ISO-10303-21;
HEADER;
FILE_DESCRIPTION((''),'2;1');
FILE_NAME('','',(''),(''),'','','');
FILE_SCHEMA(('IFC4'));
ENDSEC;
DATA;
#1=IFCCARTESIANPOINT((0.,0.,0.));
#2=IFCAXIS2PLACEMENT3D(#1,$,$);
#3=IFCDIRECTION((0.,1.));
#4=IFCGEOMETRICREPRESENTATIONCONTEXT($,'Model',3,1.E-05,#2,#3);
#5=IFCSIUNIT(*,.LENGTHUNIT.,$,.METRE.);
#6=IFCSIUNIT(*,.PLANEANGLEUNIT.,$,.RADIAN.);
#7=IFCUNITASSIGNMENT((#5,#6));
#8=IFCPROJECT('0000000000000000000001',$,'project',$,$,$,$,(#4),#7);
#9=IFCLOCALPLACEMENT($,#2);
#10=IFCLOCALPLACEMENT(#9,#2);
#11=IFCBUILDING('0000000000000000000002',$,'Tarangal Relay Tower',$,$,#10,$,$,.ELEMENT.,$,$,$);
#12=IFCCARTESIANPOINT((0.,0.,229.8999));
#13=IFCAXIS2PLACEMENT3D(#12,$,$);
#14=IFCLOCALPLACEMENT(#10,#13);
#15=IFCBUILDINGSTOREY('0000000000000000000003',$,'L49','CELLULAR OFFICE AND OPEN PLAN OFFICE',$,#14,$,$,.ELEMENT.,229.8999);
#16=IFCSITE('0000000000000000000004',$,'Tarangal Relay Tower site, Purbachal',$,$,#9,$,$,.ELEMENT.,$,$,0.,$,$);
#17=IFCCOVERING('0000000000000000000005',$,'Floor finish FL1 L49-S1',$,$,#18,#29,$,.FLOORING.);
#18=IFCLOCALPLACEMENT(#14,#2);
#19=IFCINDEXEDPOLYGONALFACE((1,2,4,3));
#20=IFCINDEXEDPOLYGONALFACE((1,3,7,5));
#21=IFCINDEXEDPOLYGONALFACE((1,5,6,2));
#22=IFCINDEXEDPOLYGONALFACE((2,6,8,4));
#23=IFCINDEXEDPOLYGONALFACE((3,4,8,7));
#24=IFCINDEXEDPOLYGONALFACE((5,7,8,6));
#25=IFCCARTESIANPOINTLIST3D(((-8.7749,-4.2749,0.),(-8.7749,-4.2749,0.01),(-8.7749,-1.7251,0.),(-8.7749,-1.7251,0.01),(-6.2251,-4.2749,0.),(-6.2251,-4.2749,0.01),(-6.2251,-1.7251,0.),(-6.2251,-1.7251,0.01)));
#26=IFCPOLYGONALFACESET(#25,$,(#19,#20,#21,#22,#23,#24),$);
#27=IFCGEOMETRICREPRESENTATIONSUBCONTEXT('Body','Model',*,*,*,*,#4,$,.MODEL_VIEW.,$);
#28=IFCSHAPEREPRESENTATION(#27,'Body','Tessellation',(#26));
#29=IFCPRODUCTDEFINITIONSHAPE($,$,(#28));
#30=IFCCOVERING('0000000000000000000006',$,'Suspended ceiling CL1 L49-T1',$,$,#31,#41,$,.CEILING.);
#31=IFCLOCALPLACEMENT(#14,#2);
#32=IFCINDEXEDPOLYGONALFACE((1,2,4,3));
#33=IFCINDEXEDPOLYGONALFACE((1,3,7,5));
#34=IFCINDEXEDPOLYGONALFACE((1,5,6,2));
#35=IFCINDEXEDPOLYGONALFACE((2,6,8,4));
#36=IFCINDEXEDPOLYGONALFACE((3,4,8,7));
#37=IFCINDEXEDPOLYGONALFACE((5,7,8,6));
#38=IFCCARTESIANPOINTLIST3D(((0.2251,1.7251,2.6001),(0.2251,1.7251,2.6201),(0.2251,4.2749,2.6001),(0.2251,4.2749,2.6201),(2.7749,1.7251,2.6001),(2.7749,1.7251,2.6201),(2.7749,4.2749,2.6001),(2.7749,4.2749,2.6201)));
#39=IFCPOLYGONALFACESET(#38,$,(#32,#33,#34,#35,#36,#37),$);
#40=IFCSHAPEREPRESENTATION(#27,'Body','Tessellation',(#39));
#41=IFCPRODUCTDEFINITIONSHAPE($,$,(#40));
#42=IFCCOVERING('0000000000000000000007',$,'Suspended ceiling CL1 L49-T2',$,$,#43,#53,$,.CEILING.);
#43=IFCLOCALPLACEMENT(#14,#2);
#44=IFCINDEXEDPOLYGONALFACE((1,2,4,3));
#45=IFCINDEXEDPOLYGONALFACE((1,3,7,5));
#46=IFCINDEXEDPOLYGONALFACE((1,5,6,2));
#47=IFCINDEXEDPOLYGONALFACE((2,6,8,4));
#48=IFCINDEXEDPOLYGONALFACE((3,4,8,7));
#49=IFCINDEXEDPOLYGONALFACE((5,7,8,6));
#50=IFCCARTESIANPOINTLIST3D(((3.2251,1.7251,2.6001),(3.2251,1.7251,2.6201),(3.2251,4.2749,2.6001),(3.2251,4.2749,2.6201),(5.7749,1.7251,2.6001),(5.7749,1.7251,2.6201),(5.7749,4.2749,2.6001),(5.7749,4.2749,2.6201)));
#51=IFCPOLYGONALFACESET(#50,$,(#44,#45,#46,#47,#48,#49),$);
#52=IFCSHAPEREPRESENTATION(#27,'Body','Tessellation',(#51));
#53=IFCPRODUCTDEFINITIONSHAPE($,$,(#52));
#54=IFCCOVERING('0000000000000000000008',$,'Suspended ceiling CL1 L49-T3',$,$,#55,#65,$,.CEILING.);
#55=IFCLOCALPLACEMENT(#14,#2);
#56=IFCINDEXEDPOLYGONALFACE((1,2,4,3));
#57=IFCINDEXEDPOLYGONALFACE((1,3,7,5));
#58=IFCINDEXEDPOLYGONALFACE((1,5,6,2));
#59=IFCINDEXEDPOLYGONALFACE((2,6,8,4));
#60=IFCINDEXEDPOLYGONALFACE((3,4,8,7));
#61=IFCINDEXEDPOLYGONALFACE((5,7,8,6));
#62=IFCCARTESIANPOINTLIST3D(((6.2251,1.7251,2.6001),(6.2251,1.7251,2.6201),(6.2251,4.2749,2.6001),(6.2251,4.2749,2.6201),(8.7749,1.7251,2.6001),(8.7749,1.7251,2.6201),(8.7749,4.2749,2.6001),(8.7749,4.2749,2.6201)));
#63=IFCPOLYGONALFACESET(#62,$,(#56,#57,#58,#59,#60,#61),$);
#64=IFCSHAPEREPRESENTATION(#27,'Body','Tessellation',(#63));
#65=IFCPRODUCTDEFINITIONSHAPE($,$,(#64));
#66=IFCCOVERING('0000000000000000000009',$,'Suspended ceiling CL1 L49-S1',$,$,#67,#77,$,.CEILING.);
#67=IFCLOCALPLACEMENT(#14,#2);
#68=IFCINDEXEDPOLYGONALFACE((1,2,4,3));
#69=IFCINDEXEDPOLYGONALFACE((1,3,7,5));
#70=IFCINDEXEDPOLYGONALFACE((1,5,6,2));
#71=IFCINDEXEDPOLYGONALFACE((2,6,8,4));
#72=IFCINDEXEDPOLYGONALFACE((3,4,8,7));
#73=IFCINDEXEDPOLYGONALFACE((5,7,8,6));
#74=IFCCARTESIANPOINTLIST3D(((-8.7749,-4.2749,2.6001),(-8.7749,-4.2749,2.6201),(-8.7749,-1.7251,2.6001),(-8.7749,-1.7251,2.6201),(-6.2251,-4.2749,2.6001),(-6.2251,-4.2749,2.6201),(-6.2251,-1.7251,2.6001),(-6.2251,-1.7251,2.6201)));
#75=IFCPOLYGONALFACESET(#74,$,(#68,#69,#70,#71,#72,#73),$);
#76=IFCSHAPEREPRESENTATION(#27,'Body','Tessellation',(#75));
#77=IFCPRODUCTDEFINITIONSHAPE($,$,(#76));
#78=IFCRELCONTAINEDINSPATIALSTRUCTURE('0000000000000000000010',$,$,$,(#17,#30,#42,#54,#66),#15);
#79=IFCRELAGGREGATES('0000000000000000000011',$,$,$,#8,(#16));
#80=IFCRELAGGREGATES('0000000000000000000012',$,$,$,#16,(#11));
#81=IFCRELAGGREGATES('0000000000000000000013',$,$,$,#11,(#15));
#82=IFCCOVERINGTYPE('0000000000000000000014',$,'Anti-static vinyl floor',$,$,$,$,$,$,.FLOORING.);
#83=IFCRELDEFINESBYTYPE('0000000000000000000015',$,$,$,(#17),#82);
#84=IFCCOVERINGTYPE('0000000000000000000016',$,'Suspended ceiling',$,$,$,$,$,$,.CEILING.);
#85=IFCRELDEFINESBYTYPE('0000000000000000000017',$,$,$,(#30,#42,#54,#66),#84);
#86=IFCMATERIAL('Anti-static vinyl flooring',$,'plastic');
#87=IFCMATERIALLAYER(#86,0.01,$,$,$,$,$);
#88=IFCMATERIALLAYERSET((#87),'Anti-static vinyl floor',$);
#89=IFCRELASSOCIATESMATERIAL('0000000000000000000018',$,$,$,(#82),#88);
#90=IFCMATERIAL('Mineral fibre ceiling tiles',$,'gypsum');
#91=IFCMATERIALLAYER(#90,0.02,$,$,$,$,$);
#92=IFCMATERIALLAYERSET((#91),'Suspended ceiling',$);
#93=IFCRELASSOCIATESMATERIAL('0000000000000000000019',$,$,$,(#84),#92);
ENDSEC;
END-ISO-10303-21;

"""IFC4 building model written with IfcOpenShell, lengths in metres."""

from ifc_helpers import new_model, si_unit, direction, frame, origin, place, context, subcontext, project, spatial, polyline, outline, extrude, material, layer, layer_set, type_object, element, save


model = new_model("IFC4")

# Units and contexts
model_context = context("Model", 3, precision=1e-05, world=origin(), true_north=direction((0.0, 1.0)))
body_context = subcontext(model_context, "Body", "Model", "MODEL_VIEW")
ifc_project = project(units=[si_unit("LENGTHUNIT", "METRE"), si_unit("PLANEANGLEUNIT", "RADIAN")], contexts=[model_context])

# Site, building, storey
site_placement = place(None, origin())
site = spatial("IfcSite", under=ifc_project, at=site_placement, Name="Tarangal Relay Tower site, Purbachal", CompositionType="ELEMENT", RefElevation=0.0)
building_placement = place(site_placement, origin())
building = spatial("IfcBuilding", under=site, at=building_placement, Name="Tarangal Relay Tower", CompositionType="ELEMENT")
storey_placement = place(building_placement, frame((0.0, 0.0, 229.8999)))
storey = spatial("IfcBuildingStorey", under=building, at=storey_placement, Name="L49", Description="CELLULAR OFFICE AND OPEN PLAN OFFICE", CompositionType="ELEMENT", Elevation=229.8999)

# Coverings
ifc_material_1 = material(Name="Anti-static vinyl flooring", Category="plastic")
ifc_layer_1 = layer(ifc_material_1, 0.01)
ifc_layer_set_1 = layer_set([ifc_layer_1], Name="Anti-static vinyl floor")
covering_type_1 = type_object("IfcCoveringType", Name="Anti-static vinyl floor", PredefinedType="FLOORING", material=ifc_layer_set_1)
covering_1_placement = place(storey_placement, origin())
element("IfcCovering", 1, at=covering_1_placement, inside=storey, type_object=covering_type_1, Name="Floor finish FL1 L49-S1", PredefinedType="FLOORING", context=body_context, shape_type="SweptSolid", body=[
    extrude(outline(polyline([(-8.7749, -4.2749), (-6.2251, -4.2749), (-6.2251, -1.7251), (-8.7749, -1.7251), (-8.7749, -4.2749)])), origin(), (0.0, 0.0, 1.0), 0.01),
])
ifc_material_2 = material(Name="Mineral fibre ceiling tiles", Category="gypsum")
ifc_layer_2 = layer(ifc_material_2, 0.02)
ifc_layer_set_2 = layer_set([ifc_layer_2], Name="Suspended ceiling")
covering_type_2 = type_object("IfcCoveringType", Name="Suspended ceiling", PredefinedType="CEILING", material=ifc_layer_set_2)
covering_2_placement = place(storey_placement, frame((0.0, 0.0, 2.6001)))
element("IfcCovering", 2, at=covering_2_placement, inside=storey, type_object=covering_type_2, Name="Suspended ceiling CL1 L49-T1", PredefinedType="CEILING", context=body_context, shape_type="SweptSolid", body=[
    extrude(outline(polyline([(0.2251, 1.7251), (2.7749, 1.7251), (2.7749, 4.2749), (0.2251, 4.2749), (0.2251, 1.7251)])), origin(), (0.0, 0.0, 1.0), 0.02),
])
covering_3_placement = place(storey_placement, frame((0.0, 0.0, 2.6001)))
element("IfcCovering", 3, at=covering_3_placement, inside=storey, type_object=covering_type_2, Name="Suspended ceiling CL1 L49-T2", PredefinedType="CEILING", context=body_context, shape_type="SweptSolid", body=[
    extrude(outline(polyline([(3.2251, 1.7251), (5.7749, 1.7251), (5.7749, 4.2749), (3.2251, 4.2749), (3.2251, 1.7251)])), origin(), (0.0, 0.0, 1.0), 0.02),
])
covering_4_placement = place(storey_placement, frame((0.0, 0.0, 2.6001)))
element("IfcCovering", 4, at=covering_4_placement, inside=storey, type_object=covering_type_2, Name="Suspended ceiling CL1 L49-T3", PredefinedType="CEILING", context=body_context, shape_type="SweptSolid", body=[
    extrude(outline(polyline([(6.2251, 1.7251), (8.7749, 1.7251), (8.7749, 4.2749), (6.2251, 4.2749), (6.2251, 1.7251)])), origin(), (0.0, 0.0, 1.0), 0.02),
])
covering_5_placement = place(storey_placement, frame((0.0, 0.0, 2.6001)))
element("IfcCovering", 5, at=covering_5_placement, inside=storey, type_object=covering_type_2, Name="Suspended ceiling CL1 L49-S1", PredefinedType="CEILING", context=body_context, shape_type="SweptSolid", body=[
    extrude(outline(polyline([(-8.7749, -4.2749), (-6.2251, -4.2749), (-6.2251, -1.7251), (-8.7749, -1.7251), (-8.7749, -4.2749)])), origin(), (0.0, 0.0, 1.0), 0.02),
])

save(model, "model.ifc")
